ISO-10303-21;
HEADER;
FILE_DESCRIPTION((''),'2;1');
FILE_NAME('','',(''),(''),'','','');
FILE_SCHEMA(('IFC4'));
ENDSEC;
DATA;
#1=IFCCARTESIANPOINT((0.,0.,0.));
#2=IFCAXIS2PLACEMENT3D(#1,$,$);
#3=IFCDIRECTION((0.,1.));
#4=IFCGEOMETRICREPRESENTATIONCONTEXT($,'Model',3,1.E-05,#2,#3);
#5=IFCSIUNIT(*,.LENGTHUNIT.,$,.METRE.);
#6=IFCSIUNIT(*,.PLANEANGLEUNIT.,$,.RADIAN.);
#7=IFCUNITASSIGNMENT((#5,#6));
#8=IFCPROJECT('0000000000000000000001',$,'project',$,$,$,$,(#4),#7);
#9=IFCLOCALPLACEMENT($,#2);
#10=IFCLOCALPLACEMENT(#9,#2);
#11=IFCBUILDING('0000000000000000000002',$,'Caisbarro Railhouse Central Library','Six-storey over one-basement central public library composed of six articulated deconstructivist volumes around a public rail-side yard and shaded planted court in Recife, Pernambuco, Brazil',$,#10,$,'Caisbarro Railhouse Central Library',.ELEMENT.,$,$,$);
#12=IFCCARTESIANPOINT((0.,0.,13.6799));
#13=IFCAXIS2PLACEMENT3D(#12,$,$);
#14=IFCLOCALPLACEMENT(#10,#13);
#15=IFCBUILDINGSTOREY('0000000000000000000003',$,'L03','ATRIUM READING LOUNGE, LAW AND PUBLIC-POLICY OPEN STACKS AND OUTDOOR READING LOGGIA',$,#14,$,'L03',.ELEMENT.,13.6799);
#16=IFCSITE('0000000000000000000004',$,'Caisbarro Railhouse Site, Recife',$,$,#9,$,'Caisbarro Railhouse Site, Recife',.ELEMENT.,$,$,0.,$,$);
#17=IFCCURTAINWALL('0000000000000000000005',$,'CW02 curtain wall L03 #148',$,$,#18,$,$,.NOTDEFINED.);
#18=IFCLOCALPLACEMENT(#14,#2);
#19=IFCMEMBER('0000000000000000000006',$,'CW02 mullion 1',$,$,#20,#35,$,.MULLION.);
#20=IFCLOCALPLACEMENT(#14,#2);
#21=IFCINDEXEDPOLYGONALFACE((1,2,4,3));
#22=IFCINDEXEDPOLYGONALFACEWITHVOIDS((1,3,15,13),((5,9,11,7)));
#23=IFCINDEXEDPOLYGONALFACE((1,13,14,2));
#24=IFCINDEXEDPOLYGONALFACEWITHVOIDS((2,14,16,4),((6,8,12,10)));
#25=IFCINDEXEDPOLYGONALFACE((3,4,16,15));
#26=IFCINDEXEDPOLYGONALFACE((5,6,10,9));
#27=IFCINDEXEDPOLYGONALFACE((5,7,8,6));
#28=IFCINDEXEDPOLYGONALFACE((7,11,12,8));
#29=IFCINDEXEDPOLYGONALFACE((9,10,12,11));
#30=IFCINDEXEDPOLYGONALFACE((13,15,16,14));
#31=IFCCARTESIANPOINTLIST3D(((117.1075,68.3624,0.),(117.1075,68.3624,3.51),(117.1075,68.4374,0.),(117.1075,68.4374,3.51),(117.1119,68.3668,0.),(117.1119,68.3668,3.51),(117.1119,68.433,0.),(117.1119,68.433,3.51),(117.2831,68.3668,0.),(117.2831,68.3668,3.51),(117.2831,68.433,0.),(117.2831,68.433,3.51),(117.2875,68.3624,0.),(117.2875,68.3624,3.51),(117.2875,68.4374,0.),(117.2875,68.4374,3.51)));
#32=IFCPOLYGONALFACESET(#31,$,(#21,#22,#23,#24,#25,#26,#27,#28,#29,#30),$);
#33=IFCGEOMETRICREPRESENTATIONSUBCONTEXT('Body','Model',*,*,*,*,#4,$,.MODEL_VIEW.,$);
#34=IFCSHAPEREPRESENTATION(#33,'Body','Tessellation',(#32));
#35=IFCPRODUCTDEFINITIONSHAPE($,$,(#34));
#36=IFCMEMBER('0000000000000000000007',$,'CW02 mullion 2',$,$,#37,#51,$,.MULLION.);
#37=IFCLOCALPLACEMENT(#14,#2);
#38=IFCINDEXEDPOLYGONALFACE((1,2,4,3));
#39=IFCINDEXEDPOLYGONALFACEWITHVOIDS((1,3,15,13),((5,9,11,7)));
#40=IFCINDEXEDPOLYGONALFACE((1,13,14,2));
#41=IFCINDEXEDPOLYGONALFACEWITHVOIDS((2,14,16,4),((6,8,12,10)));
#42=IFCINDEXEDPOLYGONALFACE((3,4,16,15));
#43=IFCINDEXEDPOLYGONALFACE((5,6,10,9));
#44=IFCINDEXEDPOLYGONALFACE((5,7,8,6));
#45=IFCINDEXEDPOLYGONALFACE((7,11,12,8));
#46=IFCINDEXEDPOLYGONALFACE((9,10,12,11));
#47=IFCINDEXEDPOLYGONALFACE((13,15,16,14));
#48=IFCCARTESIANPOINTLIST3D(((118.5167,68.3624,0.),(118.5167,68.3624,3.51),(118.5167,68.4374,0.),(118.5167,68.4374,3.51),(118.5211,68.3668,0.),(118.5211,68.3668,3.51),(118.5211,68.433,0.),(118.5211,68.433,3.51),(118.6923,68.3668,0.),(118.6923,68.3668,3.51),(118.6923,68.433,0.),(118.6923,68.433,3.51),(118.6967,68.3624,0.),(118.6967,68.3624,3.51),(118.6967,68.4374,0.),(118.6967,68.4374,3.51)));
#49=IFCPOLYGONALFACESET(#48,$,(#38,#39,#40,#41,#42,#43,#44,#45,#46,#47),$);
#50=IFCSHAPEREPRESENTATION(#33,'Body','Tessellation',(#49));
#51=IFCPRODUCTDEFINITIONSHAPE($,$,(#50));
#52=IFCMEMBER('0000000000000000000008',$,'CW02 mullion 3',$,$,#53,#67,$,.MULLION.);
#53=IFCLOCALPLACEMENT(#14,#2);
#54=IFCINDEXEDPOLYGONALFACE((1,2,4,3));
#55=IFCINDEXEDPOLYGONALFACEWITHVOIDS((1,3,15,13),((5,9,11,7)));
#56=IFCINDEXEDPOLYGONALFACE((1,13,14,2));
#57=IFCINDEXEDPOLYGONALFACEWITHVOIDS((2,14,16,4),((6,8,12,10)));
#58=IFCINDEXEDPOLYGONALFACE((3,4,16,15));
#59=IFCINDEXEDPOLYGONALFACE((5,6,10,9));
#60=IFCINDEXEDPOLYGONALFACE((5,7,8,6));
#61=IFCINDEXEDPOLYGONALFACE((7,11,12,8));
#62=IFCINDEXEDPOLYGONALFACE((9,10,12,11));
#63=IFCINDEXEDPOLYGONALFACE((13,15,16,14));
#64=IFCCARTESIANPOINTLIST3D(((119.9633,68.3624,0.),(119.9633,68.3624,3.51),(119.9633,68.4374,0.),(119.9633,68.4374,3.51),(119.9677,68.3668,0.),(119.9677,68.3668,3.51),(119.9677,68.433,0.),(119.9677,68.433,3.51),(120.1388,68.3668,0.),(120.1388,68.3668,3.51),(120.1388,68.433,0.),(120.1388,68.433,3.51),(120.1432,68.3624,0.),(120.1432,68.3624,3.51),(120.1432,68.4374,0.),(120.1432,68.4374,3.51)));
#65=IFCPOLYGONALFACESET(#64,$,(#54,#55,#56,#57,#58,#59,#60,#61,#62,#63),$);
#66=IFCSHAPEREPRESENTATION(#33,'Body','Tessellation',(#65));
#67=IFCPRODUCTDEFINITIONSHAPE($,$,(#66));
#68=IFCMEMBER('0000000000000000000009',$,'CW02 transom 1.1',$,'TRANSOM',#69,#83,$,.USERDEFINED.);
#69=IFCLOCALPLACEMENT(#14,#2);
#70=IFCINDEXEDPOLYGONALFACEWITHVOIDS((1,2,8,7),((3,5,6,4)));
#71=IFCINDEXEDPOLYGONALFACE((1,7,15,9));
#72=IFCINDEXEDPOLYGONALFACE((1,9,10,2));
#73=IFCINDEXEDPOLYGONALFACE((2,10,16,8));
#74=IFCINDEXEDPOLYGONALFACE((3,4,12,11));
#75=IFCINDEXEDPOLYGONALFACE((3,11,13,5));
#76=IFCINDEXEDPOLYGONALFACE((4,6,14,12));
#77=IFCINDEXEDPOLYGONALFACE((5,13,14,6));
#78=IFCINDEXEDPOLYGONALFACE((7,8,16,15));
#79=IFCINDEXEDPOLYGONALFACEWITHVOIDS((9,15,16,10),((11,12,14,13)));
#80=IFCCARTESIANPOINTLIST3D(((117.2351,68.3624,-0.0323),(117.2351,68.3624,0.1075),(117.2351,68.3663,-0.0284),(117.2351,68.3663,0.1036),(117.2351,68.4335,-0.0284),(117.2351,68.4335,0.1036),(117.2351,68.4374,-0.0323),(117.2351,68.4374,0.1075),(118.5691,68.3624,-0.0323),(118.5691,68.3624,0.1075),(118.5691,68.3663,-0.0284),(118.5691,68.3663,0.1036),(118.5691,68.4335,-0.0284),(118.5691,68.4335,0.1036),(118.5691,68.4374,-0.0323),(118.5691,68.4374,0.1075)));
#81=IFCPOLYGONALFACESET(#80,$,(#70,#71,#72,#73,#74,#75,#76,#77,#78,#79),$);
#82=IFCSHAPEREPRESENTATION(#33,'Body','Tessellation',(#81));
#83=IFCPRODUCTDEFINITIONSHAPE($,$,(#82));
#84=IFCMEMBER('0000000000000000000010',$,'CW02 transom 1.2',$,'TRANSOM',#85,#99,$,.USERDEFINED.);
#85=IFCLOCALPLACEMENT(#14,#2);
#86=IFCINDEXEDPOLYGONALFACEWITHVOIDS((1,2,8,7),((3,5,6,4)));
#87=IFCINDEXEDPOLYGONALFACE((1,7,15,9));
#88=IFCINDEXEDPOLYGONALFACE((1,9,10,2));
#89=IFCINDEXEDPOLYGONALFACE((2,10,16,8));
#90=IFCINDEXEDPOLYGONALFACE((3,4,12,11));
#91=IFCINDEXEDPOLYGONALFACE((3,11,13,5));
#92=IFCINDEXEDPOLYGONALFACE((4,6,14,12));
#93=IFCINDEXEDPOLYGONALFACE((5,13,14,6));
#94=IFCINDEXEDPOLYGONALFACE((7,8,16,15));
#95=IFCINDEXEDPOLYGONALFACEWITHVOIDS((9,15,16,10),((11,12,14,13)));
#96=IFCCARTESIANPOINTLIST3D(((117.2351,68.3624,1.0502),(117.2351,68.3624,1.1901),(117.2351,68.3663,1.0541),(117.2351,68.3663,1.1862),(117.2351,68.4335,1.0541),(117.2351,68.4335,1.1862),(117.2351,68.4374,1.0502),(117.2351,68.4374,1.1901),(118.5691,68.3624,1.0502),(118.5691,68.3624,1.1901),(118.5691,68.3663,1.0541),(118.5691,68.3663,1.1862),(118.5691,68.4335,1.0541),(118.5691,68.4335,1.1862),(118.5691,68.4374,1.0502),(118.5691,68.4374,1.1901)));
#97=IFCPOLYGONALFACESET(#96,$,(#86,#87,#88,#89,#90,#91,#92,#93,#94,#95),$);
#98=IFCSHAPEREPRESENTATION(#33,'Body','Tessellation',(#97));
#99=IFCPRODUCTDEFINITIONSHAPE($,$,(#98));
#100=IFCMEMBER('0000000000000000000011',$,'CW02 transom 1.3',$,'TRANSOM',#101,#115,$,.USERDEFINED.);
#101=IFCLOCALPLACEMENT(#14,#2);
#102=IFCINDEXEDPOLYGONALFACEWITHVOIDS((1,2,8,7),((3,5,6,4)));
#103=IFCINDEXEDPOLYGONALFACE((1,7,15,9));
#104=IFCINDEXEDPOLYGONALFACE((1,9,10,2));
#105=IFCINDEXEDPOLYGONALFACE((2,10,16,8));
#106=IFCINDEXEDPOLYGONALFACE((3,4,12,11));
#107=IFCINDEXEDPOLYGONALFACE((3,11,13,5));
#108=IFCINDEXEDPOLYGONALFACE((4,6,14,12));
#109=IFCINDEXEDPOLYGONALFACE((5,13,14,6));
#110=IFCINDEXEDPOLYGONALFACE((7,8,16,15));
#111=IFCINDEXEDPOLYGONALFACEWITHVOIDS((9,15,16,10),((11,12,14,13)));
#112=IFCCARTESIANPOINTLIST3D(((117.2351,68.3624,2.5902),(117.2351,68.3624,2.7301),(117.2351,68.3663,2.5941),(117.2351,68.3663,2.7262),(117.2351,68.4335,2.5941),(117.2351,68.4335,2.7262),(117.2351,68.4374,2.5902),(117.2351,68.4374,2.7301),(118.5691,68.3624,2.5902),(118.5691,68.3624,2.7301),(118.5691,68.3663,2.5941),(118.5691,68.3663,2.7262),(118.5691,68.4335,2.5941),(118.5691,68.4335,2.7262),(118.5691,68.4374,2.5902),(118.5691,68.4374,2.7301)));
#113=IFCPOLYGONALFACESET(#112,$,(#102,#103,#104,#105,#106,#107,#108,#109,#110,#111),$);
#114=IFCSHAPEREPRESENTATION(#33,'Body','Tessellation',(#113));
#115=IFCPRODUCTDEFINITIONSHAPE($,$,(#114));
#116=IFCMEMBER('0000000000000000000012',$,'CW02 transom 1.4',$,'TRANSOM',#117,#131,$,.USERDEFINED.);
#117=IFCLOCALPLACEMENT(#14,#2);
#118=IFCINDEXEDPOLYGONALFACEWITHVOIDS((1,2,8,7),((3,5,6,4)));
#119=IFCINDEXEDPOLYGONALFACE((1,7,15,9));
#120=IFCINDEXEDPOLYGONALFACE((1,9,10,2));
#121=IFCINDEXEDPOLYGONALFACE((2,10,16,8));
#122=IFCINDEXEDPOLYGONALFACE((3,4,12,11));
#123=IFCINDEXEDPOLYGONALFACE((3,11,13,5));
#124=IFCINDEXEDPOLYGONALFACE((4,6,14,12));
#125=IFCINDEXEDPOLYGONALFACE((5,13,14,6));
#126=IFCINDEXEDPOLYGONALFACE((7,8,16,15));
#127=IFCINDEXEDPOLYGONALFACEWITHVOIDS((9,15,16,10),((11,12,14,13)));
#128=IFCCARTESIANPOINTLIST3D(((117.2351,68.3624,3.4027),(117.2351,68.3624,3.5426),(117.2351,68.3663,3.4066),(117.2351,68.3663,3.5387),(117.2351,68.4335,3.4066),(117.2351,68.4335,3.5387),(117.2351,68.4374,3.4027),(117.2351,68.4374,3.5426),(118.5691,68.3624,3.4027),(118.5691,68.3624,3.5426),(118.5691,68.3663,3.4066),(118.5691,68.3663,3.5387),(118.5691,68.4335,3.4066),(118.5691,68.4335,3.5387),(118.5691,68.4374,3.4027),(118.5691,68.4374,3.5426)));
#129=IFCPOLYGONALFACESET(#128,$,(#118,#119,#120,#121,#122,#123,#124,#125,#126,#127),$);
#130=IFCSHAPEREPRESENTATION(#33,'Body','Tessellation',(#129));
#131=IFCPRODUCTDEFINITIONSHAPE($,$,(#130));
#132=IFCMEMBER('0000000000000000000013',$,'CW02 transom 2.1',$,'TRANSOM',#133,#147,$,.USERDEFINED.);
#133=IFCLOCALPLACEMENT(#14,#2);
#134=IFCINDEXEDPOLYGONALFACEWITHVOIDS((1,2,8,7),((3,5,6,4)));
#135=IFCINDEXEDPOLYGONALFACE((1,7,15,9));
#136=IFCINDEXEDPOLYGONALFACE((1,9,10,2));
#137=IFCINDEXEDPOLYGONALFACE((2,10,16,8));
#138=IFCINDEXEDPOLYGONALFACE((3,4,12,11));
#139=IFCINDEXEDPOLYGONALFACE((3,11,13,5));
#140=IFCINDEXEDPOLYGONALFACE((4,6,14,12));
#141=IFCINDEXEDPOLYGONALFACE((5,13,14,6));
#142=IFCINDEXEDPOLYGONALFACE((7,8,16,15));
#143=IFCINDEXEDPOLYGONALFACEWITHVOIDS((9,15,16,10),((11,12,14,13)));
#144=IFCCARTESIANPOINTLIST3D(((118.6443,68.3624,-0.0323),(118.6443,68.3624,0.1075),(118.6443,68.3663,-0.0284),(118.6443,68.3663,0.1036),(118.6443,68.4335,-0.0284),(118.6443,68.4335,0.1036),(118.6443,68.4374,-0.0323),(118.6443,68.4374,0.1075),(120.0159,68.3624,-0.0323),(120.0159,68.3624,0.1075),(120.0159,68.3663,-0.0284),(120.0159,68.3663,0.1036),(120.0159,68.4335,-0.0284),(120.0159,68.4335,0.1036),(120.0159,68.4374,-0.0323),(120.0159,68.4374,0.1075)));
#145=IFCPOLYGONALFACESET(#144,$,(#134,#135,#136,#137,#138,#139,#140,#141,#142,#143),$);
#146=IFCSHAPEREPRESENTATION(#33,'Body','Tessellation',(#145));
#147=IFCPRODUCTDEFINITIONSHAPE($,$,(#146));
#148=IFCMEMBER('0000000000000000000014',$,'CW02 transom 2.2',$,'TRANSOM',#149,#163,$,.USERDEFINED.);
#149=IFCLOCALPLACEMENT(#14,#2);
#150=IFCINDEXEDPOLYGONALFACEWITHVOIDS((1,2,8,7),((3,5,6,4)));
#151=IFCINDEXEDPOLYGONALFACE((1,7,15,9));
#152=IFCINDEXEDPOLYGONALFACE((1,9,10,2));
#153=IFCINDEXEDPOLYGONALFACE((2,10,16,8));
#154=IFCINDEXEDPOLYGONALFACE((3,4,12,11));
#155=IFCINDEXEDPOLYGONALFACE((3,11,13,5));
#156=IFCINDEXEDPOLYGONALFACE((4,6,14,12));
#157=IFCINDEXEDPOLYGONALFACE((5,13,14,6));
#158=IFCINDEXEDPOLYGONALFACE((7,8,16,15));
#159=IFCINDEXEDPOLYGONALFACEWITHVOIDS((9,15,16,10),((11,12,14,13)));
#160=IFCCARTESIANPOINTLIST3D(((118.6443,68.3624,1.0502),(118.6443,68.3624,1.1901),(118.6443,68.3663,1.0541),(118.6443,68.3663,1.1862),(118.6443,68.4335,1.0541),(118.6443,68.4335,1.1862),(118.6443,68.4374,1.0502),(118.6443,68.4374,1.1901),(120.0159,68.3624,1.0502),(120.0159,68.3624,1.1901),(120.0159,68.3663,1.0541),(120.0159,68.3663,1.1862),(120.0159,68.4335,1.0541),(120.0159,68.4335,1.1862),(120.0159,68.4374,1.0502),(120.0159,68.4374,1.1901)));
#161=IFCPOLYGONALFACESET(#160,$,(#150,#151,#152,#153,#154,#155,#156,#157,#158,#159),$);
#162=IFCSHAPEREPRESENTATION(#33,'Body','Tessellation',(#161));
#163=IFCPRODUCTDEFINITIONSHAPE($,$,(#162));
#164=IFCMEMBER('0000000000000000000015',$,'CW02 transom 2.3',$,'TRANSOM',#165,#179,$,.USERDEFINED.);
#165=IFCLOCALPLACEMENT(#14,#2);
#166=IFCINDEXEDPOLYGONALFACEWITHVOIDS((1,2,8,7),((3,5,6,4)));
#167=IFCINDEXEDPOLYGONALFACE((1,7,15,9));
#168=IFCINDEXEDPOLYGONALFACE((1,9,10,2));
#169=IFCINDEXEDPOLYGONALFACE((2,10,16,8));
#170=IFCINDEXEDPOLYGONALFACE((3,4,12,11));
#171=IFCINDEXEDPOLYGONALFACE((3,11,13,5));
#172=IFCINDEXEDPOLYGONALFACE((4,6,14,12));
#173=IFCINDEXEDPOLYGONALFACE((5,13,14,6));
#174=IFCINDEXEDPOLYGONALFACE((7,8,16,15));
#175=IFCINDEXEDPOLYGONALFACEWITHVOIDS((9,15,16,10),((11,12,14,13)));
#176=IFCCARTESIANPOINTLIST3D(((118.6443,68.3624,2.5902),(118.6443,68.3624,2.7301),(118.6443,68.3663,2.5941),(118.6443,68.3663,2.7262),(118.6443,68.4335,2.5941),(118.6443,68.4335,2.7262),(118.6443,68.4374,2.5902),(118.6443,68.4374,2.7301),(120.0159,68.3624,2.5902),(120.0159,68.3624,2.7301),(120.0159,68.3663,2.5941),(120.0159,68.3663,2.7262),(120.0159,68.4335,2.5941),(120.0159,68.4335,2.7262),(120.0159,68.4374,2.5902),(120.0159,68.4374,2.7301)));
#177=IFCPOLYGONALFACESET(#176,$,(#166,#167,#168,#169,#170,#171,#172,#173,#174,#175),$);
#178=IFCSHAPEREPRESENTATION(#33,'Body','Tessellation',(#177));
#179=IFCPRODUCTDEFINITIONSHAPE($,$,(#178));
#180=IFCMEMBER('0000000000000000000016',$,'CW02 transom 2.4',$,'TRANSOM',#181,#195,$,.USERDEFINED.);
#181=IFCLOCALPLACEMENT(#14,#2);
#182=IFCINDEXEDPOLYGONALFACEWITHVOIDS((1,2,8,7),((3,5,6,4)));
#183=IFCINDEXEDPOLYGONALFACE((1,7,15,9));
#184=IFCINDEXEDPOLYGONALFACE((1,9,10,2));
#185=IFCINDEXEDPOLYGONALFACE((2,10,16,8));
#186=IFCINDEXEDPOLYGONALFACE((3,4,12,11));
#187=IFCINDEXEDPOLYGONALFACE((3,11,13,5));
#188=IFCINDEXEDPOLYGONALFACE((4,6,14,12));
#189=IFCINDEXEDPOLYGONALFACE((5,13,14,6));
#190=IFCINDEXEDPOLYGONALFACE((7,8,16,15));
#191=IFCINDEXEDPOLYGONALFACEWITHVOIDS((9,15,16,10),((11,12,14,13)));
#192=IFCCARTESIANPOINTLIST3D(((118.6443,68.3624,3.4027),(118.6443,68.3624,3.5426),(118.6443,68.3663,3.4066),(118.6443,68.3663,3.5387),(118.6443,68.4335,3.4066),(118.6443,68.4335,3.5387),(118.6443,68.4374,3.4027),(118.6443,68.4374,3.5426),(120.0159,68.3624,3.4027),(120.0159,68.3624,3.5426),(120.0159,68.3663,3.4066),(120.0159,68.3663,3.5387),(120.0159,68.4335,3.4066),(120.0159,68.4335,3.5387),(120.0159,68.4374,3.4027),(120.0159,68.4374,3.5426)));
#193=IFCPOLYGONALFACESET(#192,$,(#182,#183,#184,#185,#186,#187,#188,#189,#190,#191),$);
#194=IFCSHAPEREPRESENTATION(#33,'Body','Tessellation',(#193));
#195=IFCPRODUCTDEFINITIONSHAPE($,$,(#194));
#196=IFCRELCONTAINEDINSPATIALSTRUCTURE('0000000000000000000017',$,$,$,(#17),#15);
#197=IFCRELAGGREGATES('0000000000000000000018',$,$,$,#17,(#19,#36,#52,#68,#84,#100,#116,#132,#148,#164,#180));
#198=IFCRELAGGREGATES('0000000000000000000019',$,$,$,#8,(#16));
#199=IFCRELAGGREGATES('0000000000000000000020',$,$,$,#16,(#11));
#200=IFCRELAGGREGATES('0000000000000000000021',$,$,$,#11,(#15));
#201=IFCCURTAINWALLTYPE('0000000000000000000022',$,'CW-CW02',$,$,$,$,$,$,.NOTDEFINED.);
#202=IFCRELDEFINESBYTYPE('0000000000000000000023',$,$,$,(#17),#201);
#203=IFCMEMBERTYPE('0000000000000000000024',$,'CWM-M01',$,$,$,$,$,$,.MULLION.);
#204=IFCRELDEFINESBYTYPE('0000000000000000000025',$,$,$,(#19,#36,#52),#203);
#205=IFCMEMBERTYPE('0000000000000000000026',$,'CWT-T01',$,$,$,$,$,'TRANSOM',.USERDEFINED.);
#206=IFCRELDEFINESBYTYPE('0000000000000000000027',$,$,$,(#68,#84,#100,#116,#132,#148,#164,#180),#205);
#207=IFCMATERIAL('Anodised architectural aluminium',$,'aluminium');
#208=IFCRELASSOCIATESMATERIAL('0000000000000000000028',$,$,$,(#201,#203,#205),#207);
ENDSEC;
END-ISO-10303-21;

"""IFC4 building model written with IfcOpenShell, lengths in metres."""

from ifc_helpers import new_model, si_unit, direction, frame, origin, origin_2d, place, context, subcontext, project, spatial, hollow_rectangle, extrude, material, material_profile, profile_set, type_object, element, aggregate, save


model = new_model("IFC4")

# Units and contexts
model_context = context("Model", 3, precision=1e-05, world=origin(), true_north=direction((0.0, 1.0)))
body_context = subcontext(model_context, "Body", "Model", "MODEL_VIEW")
ifc_project = project(units=[si_unit("LENGTHUNIT", "METRE"), si_unit("PLANEANGLEUNIT", "RADIAN")], contexts=[model_context])

# Site, building, storey
site_placement = place(None, origin())
site = spatial("IfcSite", under=ifc_project, at=site_placement, Name="Caisbarro Railhouse Site, Recife", LongName="Caisbarro Railhouse Site, Recife", CompositionType="ELEMENT", RefElevation=0.0)
building_placement = place(site_placement, origin())
building = spatial("IfcBuilding", under=site, at=building_placement, Name="Caisbarro Railhouse Central Library", Description="Six-storey over one-basement central public library composed of six articulated deconstructivist volumes around a public rail-side yard and shaded planted court in Recife, Pernambuco, Brazil", LongName="Caisbarro Railhouse Central Library", CompositionType="ELEMENT")
storey_placement = place(building_placement, frame((0.0, 0.0, 13.6799)))
storey = spatial("IfcBuildingStorey", under=building, at=storey_placement, Name="L03", Description="ATRIUM READING LOUNGE, LAW AND PUBLIC-POLICY OPEN STACKS AND OUTDOOR READING LOGGIA", LongName="L03", CompositionType="ELEMENT", Elevation=13.6799)

# Curtain wall, members
ifc_material_1 = material(Name="Anodised architectural aluminium", Category="aluminium")
curtain_wall_type = type_object("IfcCurtainWallType", Name="CW-CW02", PredefinedType="NOTDEFINED", material=ifc_material_1)
curtain_wall_placement = place(storey_placement, origin())
curtain_wall = element("IfcCurtainWall", 1, at=curtain_wall_placement, inside=storey, type_object=curtain_wall_type, Name="CW02 curtain wall L03 #148", PredefinedType="NOTDEFINED")
ifc_material_profile_1 = material_profile(ifc_material_1, hollow_rectangle(XDim=0.075, YDim=0.1799, WallThickness=0.0044, at=origin_2d()), Name="ALU-MUL-75X180")
ifc_profile_set_1 = profile_set([ifc_material_profile_1], Name="Anodised architectural aluminium")
member_type_1 = type_object("IfcMemberType", Name="CWM-M01", PredefinedType="MULLION", material=ifc_profile_set_1)
member_1_placement = place(storey_placement, frame((117.1975, 68.3999, 0.0), z_axis=(0.0, 0.0, 1.0), x_axis=(0.0, 1.0, 0.0)))
member_1 = element("IfcMember", 2, at=member_1_placement, type_object=member_type_1, Name="CW02 mullion 1", PredefinedType="MULLION", context=body_context, shape_type="SweptSolid", body=[
    extrude(hollow_rectangle(XDim=0.075, YDim=0.1799, WallThickness=0.0044, at=origin_2d()), origin(), (0.0, 0.0, 1.0), 3.51),
])
member_2_placement = place(storey_placement, frame((118.6067, 68.3999, 0.0), z_axis=(0.0, 0.0, 1.0), x_axis=(0.0, 1.0, 0.0)))
member_2 = element("IfcMember", 3, at=member_2_placement, type_object=member_type_1, Name="CW02 mullion 2", PredefinedType="MULLION", context=body_context, shape_type="SweptSolid", body=[
    extrude(hollow_rectangle(XDim=0.075, YDim=0.1799, WallThickness=0.0044, at=origin_2d()), origin(), (0.0, 0.0, 1.0), 3.51),
])
member_3_placement = place(storey_placement, frame((120.0532, 68.3999, 0.0), z_axis=(0.0, 0.0, 1.0), x_axis=(0.0, 1.0, 0.0)))
member_3 = element("IfcMember", 4, at=member_3_placement, type_object=member_type_1, Name="CW02 mullion 3", PredefinedType="MULLION", context=body_context, shape_type="SweptSolid", body=[
    extrude(hollow_rectangle(XDim=0.075, YDim=0.1799, WallThickness=0.0044, at=origin_2d()), origin(), (0.0, 0.0, 1.0), 3.51),
])
ifc_material_profile_2 = material_profile(ifc_material_1, hollow_rectangle(XDim=0.075, YDim=0.1399, WallThickness=0.0039, at=origin_2d()), Name="ALU-TRN-75X140")
ifc_profile_set_2 = profile_set([ifc_material_profile_2], Name="Anodised architectural aluminium")
member_type_2 = type_object("IfcMemberType", Name="CWT-T01", ElementType="TRANSOM", PredefinedType="USERDEFINED", material=ifc_profile_set_2)
member_4_placement = place(storey_placement, frame((117.2351, 68.3999, 0.0376), z_axis=(1.0, 0.0, 0.0), x_axis=(0.0, 1.0, 0.0)))
member_4 = element("IfcMember", 5, at=member_4_placement, type_object=member_type_2, Name="CW02 transom 1.1", ObjectType="TRANSOM", PredefinedType="USERDEFINED", context=body_context, shape_type="SweptSolid", body=[
    extrude(hollow_rectangle(XDim=0.075, YDim=0.1399, WallThickness=0.0039, at=origin_2d()), origin(), (0.0, 0.0, 1.0), 1.334),
])
member_5_placement = place(storey_placement, frame((117.2351, 68.3999, 1.1201), z_axis=(1.0, 0.0, 0.0), x_axis=(0.0, 1.0, 0.0)))
member_5 = element("IfcMember", 6, at=member_5_placement, type_object=member_type_2, Name="CW02 transom 1.2", ObjectType="TRANSOM", PredefinedType="USERDEFINED", context=body_context, shape_type="SweptSolid", body=[
    extrude(hollow_rectangle(XDim=0.075, YDim=0.1399, WallThickness=0.0039, at=origin_2d()), origin(), (0.0, 0.0, 1.0), 1.334),
])
member_6_placement = place(storey_placement, frame((117.2351, 68.3999, 2.6602), z_axis=(1.0, 0.0, 0.0), x_axis=(0.0, 1.0, 0.0)))
member_6 = element("IfcMember", 7, at=member_6_placement, type_object=member_type_2, Name="CW02 transom 1.3", ObjectType="TRANSOM", PredefinedType="USERDEFINED", context=body_context, shape_type="SweptSolid", body=[
    extrude(hollow_rectangle(XDim=0.075, YDim=0.1399, WallThickness=0.0039, at=origin_2d()), origin(), (0.0, 0.0, 1.0), 1.334),
])
member_7_placement = place(storey_placement, frame((117.2351, 68.3999, 3.4727), z_axis=(1.0, 0.0, 0.0), x_axis=(0.0, 1.0, 0.0)))
member_7 = element("IfcMember", 8, at=member_7_placement, type_object=member_type_2, Name="CW02 transom 1.4", ObjectType="TRANSOM", PredefinedType="USERDEFINED", context=body_context, shape_type="SweptSolid", body=[
    extrude(hollow_rectangle(XDim=0.075, YDim=0.1399, WallThickness=0.0039, at=origin_2d()), origin(), (0.0, 0.0, 1.0), 1.334),
])
member_8_placement = place(storey_placement, frame((118.6443, 68.3999, 0.0376), z_axis=(1.0, 0.0, 0.0), x_axis=(0.0, 1.0, 0.0)))
member_8 = element("IfcMember", 9, at=member_8_placement, type_object=member_type_2, Name="CW02 transom 2.1", ObjectType="TRANSOM", PredefinedType="USERDEFINED", context=body_context, shape_type="SweptSolid", body=[
    extrude(hollow_rectangle(XDim=0.075, YDim=0.1399, WallThickness=0.0039, at=origin_2d()), origin(), (0.0, 0.0, 1.0), 1.3716),
])
member_9_placement = place(storey_placement, frame((118.6443, 68.3999, 1.1201), z_axis=(1.0, 0.0, 0.0), x_axis=(0.0, 1.0, 0.0)))
member_9 = element("IfcMember", 10, at=member_9_placement, type_object=member_type_2, Name="CW02 transom 2.2", ObjectType="TRANSOM", PredefinedType="USERDEFINED", context=body_context, shape_type="SweptSolid", body=[
    extrude(hollow_rectangle(XDim=0.075, YDim=0.1399, WallThickness=0.0039, at=origin_2d()), origin(), (0.0, 0.0, 1.0), 1.3716),
])
member_10_placement = place(storey_placement, frame((118.6443, 68.3999, 2.6602), z_axis=(1.0, 0.0, 0.0), x_axis=(0.0, 1.0, 0.0)))
member_10 = element("IfcMember", 11, at=member_10_placement, type_object=member_type_2, Name="CW02 transom 2.3", ObjectType="TRANSOM", PredefinedType="USERDEFINED", context=body_context, shape_type="SweptSolid", body=[
    extrude(hollow_rectangle(XDim=0.075, YDim=0.1399, WallThickness=0.0039, at=origin_2d()), origin(), (0.0, 0.0, 1.0), 1.3716),
])
member_11_placement = place(storey_placement, frame((118.6443, 68.3999, 3.4727), z_axis=(1.0, 0.0, 0.0), x_axis=(0.0, 1.0, 0.0)))
member_11 = element("IfcMember", 12, at=member_11_placement, type_object=member_type_2, Name="CW02 transom 2.4", ObjectType="TRANSOM", PredefinedType="USERDEFINED", context=body_context, shape_type="SweptSolid", body=[
    extrude(hollow_rectangle(XDim=0.075, YDim=0.1399, WallThickness=0.0039, at=origin_2d()), origin(), (0.0, 0.0, 1.0), 1.3716),
])
aggregate(curtain_wall, [member_1, member_2, member_3, member_4, member_5, member_6, member_7, member_8, member_9, member_10, member_11])

save(model, "model.ifc")
